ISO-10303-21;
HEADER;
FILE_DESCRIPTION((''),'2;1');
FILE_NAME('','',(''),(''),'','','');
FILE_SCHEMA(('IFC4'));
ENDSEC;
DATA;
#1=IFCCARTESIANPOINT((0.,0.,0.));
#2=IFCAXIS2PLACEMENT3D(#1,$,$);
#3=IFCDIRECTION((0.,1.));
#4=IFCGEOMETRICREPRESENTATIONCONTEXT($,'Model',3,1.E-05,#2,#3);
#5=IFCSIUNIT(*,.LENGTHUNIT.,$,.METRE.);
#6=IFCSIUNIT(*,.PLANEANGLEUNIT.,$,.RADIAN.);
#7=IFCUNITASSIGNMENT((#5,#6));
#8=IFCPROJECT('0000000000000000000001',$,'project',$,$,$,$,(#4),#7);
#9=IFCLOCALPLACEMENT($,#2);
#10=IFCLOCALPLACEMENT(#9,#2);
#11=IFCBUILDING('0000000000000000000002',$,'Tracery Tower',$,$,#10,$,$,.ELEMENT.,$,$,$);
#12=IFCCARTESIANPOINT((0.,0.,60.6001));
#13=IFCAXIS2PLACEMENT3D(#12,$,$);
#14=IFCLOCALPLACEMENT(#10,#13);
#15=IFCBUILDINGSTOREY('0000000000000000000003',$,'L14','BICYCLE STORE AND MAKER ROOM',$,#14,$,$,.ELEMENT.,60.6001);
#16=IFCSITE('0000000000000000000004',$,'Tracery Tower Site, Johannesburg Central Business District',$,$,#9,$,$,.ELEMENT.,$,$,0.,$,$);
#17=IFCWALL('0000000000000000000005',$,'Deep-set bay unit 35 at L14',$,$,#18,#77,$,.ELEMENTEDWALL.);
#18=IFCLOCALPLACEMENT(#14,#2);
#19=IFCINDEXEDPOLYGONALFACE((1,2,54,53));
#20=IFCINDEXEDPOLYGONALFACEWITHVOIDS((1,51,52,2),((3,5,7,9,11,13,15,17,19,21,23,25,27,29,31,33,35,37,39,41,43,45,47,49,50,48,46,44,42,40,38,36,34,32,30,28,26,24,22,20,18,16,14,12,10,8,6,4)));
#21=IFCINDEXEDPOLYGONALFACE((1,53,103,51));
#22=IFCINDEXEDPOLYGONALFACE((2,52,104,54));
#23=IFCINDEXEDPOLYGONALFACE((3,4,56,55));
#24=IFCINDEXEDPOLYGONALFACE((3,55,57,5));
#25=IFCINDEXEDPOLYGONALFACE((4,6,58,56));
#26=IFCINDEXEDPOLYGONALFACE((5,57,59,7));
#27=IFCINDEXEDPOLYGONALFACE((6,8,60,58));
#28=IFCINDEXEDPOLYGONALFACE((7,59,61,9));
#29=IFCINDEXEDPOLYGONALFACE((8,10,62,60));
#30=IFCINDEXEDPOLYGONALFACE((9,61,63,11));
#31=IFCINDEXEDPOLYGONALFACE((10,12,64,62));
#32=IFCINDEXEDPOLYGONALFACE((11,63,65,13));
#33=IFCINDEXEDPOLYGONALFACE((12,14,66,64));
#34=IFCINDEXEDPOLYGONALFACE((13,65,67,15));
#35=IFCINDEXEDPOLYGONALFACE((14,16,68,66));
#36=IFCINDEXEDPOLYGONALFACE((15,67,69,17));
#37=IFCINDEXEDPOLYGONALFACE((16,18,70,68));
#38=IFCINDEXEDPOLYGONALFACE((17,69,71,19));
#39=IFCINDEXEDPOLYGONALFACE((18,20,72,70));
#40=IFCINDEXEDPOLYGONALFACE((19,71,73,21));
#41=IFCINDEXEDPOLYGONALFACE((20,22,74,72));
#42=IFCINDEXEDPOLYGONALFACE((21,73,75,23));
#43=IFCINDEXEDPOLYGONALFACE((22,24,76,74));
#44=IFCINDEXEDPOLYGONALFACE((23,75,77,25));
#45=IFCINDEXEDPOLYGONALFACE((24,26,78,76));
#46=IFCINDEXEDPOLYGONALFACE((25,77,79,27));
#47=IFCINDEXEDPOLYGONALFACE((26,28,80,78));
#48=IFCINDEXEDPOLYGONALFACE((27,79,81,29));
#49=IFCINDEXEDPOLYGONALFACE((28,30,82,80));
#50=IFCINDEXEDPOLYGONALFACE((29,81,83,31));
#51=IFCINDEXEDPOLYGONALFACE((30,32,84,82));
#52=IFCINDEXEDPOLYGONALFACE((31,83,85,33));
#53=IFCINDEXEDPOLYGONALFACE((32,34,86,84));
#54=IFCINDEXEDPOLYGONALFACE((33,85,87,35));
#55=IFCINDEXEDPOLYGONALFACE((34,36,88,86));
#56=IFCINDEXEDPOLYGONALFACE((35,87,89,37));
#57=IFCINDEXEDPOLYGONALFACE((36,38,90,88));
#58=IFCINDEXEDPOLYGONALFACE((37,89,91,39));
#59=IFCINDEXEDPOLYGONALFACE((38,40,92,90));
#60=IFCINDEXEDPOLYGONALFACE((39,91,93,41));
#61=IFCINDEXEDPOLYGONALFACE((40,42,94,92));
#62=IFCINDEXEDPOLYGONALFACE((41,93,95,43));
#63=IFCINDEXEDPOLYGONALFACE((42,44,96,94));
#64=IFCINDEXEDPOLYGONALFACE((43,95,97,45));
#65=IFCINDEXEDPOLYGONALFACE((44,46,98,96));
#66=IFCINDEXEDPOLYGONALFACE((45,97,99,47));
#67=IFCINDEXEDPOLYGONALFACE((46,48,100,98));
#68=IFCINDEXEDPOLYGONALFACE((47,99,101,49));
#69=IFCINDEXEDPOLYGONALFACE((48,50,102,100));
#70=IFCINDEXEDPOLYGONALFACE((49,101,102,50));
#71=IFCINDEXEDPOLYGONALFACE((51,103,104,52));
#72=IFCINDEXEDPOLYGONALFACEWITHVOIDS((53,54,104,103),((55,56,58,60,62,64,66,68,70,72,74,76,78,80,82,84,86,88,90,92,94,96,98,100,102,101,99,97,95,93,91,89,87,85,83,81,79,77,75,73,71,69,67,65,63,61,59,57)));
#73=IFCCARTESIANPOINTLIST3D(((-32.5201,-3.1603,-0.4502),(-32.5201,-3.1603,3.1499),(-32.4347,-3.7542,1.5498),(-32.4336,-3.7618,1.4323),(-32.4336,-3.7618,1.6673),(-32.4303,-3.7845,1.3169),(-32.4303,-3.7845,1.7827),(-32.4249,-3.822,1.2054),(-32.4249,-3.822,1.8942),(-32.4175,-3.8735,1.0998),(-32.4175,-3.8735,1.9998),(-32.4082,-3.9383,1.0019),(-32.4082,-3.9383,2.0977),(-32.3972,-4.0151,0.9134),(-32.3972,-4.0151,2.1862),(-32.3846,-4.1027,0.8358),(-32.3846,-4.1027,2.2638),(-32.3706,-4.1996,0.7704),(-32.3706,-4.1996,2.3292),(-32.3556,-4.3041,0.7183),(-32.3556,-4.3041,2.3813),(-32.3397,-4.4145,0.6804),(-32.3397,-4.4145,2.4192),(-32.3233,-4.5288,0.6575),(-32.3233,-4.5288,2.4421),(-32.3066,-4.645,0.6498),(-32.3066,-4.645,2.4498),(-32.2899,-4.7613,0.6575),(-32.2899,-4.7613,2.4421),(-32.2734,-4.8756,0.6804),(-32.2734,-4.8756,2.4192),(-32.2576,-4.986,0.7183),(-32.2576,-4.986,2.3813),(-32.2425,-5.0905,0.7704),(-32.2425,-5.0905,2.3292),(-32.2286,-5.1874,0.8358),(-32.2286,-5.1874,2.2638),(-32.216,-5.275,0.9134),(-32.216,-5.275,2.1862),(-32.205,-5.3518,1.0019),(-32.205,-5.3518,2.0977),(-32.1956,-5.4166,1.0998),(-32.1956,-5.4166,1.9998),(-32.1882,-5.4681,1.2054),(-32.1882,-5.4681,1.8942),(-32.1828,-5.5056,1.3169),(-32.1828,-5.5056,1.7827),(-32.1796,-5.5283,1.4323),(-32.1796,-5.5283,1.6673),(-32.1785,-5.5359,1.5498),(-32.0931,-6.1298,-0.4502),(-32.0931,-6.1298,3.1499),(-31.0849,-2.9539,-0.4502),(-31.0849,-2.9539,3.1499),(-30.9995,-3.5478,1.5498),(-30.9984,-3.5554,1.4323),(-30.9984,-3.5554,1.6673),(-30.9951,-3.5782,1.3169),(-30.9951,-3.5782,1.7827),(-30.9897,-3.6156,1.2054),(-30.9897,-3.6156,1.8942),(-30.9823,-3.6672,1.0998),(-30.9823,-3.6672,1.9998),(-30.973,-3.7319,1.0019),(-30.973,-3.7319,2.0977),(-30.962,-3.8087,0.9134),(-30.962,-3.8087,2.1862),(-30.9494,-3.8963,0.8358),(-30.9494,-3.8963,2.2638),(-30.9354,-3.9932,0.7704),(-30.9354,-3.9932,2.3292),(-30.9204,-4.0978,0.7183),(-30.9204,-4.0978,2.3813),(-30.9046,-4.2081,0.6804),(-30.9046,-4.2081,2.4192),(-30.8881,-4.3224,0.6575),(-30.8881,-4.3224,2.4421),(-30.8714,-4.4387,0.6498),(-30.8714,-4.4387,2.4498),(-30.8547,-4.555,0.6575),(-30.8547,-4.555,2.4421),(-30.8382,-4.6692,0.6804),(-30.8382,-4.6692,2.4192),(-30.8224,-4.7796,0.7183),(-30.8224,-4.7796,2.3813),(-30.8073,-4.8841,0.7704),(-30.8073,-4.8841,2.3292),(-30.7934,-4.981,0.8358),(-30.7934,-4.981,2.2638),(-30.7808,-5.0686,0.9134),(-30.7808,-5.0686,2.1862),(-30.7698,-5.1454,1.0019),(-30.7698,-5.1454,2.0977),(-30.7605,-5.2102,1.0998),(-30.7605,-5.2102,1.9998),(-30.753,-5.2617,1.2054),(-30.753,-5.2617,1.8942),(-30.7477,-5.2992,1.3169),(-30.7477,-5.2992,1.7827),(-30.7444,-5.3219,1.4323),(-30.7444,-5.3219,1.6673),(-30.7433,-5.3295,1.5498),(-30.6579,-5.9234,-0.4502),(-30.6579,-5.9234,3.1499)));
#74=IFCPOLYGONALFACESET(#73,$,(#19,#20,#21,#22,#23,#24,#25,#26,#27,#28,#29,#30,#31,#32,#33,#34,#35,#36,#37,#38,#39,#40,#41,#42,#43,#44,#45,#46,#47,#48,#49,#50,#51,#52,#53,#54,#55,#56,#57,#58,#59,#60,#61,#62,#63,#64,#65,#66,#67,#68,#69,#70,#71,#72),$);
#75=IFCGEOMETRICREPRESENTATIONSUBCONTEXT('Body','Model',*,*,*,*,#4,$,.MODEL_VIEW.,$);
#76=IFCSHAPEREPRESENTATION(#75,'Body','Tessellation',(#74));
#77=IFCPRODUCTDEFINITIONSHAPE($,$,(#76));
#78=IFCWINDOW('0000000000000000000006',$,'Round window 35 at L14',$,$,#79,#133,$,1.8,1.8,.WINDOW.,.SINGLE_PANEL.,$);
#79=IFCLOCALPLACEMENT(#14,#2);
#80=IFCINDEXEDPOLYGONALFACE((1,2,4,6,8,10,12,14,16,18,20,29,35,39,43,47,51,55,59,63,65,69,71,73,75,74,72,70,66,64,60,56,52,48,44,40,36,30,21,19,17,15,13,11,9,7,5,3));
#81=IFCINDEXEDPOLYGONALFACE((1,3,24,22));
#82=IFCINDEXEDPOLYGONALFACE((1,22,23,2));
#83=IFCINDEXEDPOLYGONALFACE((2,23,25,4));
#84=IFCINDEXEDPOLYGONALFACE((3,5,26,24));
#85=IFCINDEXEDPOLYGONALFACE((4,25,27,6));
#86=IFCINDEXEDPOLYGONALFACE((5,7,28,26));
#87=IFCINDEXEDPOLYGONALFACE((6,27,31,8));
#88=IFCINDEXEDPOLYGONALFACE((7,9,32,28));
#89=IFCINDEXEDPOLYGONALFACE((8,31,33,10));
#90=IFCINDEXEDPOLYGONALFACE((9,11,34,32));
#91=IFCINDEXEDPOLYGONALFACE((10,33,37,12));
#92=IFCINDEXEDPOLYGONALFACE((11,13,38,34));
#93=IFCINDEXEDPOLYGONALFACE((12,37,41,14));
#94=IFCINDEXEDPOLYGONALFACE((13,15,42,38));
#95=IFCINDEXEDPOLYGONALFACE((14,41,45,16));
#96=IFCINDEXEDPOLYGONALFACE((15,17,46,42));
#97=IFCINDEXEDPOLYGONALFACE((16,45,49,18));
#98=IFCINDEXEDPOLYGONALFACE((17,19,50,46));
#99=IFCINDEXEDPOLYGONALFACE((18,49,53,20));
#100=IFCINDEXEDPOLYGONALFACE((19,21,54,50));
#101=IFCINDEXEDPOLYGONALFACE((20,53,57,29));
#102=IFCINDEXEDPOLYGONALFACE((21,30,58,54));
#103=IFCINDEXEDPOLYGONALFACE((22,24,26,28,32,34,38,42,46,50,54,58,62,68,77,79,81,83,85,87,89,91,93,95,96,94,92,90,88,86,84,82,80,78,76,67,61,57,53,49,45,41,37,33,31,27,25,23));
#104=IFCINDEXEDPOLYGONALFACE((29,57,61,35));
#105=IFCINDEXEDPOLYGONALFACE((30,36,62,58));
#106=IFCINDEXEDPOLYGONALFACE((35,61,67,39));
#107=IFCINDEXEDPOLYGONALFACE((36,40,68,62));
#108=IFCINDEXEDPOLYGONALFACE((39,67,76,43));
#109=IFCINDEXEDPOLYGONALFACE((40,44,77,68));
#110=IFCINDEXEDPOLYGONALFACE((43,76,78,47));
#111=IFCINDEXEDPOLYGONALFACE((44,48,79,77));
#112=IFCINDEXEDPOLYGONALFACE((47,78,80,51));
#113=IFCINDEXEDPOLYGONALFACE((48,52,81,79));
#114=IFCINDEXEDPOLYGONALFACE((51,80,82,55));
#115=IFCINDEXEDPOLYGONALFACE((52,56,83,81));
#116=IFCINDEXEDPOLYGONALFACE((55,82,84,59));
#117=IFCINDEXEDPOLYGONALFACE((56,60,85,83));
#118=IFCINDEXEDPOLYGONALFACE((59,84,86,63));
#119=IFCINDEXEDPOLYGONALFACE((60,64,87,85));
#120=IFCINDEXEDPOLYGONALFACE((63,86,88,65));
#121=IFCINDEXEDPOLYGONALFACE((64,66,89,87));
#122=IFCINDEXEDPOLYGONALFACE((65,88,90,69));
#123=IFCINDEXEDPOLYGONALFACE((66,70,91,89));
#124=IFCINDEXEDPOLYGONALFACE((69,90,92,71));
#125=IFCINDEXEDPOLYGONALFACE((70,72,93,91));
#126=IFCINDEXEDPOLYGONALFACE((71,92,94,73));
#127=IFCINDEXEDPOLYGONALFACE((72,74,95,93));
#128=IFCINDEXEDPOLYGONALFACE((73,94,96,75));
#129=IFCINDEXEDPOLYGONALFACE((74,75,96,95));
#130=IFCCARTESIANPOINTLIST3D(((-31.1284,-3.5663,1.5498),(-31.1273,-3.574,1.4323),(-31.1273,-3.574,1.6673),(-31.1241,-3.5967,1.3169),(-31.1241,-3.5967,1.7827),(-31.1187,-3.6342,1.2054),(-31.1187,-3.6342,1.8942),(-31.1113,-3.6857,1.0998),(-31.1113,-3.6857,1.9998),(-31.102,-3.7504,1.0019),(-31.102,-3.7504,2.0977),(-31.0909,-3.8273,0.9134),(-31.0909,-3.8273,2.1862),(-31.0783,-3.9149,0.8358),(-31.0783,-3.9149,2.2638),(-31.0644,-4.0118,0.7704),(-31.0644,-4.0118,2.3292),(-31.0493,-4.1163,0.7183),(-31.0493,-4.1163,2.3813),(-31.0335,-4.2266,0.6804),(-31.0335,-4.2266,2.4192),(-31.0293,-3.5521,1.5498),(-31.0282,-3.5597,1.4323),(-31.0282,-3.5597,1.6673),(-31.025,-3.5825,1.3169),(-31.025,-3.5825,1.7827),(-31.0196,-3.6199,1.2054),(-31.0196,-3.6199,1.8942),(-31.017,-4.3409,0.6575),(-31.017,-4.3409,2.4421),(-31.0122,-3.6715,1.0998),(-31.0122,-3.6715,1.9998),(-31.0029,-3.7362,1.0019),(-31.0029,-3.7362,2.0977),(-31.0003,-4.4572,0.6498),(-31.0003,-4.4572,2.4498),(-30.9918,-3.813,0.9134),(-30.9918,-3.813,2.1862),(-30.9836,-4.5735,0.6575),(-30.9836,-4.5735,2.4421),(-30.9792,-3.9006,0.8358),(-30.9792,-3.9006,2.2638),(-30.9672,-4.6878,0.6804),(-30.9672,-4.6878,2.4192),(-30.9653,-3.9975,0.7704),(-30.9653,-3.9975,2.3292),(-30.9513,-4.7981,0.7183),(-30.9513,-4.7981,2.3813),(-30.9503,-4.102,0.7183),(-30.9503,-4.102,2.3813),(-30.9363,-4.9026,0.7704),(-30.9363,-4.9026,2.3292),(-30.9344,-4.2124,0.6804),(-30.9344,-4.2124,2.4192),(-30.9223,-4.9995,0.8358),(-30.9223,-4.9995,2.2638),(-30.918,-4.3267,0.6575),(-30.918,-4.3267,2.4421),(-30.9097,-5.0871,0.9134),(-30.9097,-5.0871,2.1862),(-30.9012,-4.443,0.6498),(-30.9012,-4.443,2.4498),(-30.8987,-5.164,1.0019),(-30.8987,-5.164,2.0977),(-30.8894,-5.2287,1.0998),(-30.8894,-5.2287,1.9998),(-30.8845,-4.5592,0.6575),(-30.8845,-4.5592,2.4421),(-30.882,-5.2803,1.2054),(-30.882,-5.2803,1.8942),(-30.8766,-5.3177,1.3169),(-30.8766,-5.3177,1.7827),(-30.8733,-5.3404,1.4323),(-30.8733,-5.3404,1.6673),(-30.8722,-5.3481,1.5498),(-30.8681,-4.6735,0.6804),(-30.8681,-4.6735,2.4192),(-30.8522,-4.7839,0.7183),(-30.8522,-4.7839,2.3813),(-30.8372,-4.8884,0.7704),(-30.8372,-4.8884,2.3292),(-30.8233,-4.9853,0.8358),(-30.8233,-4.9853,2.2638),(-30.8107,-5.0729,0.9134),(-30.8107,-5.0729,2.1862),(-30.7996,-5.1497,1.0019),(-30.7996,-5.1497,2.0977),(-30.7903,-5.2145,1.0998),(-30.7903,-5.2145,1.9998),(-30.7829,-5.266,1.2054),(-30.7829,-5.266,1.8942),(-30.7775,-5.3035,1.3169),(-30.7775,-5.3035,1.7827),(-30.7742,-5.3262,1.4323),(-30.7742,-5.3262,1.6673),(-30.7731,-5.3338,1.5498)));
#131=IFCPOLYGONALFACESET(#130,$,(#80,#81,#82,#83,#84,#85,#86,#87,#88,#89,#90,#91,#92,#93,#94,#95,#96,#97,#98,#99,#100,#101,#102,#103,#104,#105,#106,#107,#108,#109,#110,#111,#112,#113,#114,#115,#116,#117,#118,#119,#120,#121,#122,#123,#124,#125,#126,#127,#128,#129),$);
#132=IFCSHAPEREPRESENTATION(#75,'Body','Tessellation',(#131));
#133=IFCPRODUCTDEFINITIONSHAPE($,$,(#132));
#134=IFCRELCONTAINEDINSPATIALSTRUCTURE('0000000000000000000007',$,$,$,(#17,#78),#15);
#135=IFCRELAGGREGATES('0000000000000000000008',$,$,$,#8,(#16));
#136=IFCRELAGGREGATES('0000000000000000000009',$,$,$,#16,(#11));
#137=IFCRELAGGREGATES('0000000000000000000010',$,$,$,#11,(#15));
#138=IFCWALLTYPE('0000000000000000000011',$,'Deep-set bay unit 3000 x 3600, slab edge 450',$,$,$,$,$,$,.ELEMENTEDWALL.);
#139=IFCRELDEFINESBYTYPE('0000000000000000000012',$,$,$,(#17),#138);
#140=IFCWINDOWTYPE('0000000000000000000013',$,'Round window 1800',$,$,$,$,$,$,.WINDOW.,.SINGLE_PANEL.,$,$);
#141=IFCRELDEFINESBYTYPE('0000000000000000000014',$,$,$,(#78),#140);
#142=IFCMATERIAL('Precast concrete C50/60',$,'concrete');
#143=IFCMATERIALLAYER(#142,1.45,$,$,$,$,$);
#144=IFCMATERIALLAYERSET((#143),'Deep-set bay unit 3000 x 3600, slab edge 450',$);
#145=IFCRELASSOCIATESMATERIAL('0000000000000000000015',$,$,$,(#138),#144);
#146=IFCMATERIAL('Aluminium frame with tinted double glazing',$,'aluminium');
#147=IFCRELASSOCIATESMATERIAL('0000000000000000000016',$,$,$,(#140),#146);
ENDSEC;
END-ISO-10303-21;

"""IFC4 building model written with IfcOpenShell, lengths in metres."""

from ifc_helpers import new_model, si_unit, direction, frame, frame_2d, origin, origin_2d, place, context, subcontext, project, spatial, rectangle, circle, extrude, material, layer, layer_set, type_object, element, fill, save


model = new_model("IFC4")

# Units and contexts
model_context = context("Model", 3, precision=1e-05, world=origin(), true_north=direction((0.0, 1.0)))
body_context = subcontext(model_context, "Body", "Model", "MODEL_VIEW")
ifc_project = project(units=[si_unit("LENGTHUNIT", "METRE"), si_unit("PLANEANGLEUNIT", "RADIAN")], contexts=[model_context])

# Site, building, storey
site_placement = place(None, origin())
site = spatial("IfcSite", under=ifc_project, at=site_placement, Name="Tracery Tower Site, Johannesburg Central Business District", CompositionType="ELEMENT", RefElevation=0.0)
building_placement = place(site_placement, origin())
building = spatial("IfcBuilding", under=site, at=building_placement, Name="Tracery Tower", CompositionType="ELEMENT")
storey_placement = place(building_placement, frame((0.0, 0.0, 60.6001)))
storey = spatial("IfcBuildingStorey", under=building, at=storey_placement, Name="L14", Description="BICYCLE STORE AND MAKER ROOM", CompositionType="ELEMENT", Elevation=60.6001)

# Wall, opening, window
ifc_material_1 = material(Name="Precast concrete C50/60", Category="concrete")
ifc_layer_1 = layer(ifc_material_1, 1.45)
ifc_layer_set_1 = layer_set([ifc_layer_1], Name="Deep-set bay unit 3000 x 3600, slab edge 450")
wall_type_1 = type_object("IfcWallType", Name="Deep-set bay unit 3000 x 3600, slab edge 450", PredefinedType="ELEMENTEDWALL", material=ifc_layer_set_1)
wall_1_placement = place(storey_placement, frame((-31.8025, -3.0571, -0.4502), z_axis=(0.0, 0.0, 1.0), x_axis=(0.142333, -0.989819, 0.0)))
wall_1 = element("IfcWall", 1, at=wall_1_placement, inside=storey, type_object=wall_type_1, Name="Deep-set bay unit 35 at L14", PredefinedType="ELEMENTEDWALL", context=body_context, shape_type="SweptSolid", body=[
    extrude(rectangle(XDim=3.0, YDim=1.45, at=frame_2d((1.5, 0.0))), origin(), (0.0, 0.0, 1.0), 3.6001),
])
opening_1_placement = place(wall_1_placement, frame((1.5, 0.0, 2.0)))
opening_1 = element("IfcOpeningElement", 2, at=opening_1_placement, cuts=wall_1, PredefinedType="OPENING", context=body_context, shape_type="SweptSolid", body=[
    extrude(circle(Radius=0.9, at=origin_2d()), frame((0.0, 0.7349, 0.0), z_axis=(0.0, -1.0, 0.0), x_axis=(1.0, 0.0, 0.0)), (0.0, 0.0, 1.0), 1.47),
])
ifc_material_2 = material(Name="Aluminium frame with tinted double glazing", Category="aluminium")
window_type = type_object("IfcWindowType", Name="Round window 1800", PartitioningType="SINGLE_PANEL", PredefinedType="WINDOW", material=ifc_material_2)
window_1_placement = place(opening_1_placement, origin())
window_1 = element("IfcWindow", 3, at=window_1_placement, inside=storey, type_object=window_type, Name="Round window 35 at L14", OverallHeight=1.8, OverallWidth=1.8, PartitioningType="SINGLE_PANEL", PredefinedType="WINDOW", context=body_context, shape_type="SweptSolid", body=[
    extrude(circle(Radius=0.9, at=origin_2d()), frame((0.0, 0.6948, 0.0), z_axis=(0.0, -1.0, 0.0), x_axis=(1.0, 0.0, 0.0)), (0.0, 0.0, 1.0), 0.1001),
])
fill(opening_1, window_1)

save(model, "model.ifc")
